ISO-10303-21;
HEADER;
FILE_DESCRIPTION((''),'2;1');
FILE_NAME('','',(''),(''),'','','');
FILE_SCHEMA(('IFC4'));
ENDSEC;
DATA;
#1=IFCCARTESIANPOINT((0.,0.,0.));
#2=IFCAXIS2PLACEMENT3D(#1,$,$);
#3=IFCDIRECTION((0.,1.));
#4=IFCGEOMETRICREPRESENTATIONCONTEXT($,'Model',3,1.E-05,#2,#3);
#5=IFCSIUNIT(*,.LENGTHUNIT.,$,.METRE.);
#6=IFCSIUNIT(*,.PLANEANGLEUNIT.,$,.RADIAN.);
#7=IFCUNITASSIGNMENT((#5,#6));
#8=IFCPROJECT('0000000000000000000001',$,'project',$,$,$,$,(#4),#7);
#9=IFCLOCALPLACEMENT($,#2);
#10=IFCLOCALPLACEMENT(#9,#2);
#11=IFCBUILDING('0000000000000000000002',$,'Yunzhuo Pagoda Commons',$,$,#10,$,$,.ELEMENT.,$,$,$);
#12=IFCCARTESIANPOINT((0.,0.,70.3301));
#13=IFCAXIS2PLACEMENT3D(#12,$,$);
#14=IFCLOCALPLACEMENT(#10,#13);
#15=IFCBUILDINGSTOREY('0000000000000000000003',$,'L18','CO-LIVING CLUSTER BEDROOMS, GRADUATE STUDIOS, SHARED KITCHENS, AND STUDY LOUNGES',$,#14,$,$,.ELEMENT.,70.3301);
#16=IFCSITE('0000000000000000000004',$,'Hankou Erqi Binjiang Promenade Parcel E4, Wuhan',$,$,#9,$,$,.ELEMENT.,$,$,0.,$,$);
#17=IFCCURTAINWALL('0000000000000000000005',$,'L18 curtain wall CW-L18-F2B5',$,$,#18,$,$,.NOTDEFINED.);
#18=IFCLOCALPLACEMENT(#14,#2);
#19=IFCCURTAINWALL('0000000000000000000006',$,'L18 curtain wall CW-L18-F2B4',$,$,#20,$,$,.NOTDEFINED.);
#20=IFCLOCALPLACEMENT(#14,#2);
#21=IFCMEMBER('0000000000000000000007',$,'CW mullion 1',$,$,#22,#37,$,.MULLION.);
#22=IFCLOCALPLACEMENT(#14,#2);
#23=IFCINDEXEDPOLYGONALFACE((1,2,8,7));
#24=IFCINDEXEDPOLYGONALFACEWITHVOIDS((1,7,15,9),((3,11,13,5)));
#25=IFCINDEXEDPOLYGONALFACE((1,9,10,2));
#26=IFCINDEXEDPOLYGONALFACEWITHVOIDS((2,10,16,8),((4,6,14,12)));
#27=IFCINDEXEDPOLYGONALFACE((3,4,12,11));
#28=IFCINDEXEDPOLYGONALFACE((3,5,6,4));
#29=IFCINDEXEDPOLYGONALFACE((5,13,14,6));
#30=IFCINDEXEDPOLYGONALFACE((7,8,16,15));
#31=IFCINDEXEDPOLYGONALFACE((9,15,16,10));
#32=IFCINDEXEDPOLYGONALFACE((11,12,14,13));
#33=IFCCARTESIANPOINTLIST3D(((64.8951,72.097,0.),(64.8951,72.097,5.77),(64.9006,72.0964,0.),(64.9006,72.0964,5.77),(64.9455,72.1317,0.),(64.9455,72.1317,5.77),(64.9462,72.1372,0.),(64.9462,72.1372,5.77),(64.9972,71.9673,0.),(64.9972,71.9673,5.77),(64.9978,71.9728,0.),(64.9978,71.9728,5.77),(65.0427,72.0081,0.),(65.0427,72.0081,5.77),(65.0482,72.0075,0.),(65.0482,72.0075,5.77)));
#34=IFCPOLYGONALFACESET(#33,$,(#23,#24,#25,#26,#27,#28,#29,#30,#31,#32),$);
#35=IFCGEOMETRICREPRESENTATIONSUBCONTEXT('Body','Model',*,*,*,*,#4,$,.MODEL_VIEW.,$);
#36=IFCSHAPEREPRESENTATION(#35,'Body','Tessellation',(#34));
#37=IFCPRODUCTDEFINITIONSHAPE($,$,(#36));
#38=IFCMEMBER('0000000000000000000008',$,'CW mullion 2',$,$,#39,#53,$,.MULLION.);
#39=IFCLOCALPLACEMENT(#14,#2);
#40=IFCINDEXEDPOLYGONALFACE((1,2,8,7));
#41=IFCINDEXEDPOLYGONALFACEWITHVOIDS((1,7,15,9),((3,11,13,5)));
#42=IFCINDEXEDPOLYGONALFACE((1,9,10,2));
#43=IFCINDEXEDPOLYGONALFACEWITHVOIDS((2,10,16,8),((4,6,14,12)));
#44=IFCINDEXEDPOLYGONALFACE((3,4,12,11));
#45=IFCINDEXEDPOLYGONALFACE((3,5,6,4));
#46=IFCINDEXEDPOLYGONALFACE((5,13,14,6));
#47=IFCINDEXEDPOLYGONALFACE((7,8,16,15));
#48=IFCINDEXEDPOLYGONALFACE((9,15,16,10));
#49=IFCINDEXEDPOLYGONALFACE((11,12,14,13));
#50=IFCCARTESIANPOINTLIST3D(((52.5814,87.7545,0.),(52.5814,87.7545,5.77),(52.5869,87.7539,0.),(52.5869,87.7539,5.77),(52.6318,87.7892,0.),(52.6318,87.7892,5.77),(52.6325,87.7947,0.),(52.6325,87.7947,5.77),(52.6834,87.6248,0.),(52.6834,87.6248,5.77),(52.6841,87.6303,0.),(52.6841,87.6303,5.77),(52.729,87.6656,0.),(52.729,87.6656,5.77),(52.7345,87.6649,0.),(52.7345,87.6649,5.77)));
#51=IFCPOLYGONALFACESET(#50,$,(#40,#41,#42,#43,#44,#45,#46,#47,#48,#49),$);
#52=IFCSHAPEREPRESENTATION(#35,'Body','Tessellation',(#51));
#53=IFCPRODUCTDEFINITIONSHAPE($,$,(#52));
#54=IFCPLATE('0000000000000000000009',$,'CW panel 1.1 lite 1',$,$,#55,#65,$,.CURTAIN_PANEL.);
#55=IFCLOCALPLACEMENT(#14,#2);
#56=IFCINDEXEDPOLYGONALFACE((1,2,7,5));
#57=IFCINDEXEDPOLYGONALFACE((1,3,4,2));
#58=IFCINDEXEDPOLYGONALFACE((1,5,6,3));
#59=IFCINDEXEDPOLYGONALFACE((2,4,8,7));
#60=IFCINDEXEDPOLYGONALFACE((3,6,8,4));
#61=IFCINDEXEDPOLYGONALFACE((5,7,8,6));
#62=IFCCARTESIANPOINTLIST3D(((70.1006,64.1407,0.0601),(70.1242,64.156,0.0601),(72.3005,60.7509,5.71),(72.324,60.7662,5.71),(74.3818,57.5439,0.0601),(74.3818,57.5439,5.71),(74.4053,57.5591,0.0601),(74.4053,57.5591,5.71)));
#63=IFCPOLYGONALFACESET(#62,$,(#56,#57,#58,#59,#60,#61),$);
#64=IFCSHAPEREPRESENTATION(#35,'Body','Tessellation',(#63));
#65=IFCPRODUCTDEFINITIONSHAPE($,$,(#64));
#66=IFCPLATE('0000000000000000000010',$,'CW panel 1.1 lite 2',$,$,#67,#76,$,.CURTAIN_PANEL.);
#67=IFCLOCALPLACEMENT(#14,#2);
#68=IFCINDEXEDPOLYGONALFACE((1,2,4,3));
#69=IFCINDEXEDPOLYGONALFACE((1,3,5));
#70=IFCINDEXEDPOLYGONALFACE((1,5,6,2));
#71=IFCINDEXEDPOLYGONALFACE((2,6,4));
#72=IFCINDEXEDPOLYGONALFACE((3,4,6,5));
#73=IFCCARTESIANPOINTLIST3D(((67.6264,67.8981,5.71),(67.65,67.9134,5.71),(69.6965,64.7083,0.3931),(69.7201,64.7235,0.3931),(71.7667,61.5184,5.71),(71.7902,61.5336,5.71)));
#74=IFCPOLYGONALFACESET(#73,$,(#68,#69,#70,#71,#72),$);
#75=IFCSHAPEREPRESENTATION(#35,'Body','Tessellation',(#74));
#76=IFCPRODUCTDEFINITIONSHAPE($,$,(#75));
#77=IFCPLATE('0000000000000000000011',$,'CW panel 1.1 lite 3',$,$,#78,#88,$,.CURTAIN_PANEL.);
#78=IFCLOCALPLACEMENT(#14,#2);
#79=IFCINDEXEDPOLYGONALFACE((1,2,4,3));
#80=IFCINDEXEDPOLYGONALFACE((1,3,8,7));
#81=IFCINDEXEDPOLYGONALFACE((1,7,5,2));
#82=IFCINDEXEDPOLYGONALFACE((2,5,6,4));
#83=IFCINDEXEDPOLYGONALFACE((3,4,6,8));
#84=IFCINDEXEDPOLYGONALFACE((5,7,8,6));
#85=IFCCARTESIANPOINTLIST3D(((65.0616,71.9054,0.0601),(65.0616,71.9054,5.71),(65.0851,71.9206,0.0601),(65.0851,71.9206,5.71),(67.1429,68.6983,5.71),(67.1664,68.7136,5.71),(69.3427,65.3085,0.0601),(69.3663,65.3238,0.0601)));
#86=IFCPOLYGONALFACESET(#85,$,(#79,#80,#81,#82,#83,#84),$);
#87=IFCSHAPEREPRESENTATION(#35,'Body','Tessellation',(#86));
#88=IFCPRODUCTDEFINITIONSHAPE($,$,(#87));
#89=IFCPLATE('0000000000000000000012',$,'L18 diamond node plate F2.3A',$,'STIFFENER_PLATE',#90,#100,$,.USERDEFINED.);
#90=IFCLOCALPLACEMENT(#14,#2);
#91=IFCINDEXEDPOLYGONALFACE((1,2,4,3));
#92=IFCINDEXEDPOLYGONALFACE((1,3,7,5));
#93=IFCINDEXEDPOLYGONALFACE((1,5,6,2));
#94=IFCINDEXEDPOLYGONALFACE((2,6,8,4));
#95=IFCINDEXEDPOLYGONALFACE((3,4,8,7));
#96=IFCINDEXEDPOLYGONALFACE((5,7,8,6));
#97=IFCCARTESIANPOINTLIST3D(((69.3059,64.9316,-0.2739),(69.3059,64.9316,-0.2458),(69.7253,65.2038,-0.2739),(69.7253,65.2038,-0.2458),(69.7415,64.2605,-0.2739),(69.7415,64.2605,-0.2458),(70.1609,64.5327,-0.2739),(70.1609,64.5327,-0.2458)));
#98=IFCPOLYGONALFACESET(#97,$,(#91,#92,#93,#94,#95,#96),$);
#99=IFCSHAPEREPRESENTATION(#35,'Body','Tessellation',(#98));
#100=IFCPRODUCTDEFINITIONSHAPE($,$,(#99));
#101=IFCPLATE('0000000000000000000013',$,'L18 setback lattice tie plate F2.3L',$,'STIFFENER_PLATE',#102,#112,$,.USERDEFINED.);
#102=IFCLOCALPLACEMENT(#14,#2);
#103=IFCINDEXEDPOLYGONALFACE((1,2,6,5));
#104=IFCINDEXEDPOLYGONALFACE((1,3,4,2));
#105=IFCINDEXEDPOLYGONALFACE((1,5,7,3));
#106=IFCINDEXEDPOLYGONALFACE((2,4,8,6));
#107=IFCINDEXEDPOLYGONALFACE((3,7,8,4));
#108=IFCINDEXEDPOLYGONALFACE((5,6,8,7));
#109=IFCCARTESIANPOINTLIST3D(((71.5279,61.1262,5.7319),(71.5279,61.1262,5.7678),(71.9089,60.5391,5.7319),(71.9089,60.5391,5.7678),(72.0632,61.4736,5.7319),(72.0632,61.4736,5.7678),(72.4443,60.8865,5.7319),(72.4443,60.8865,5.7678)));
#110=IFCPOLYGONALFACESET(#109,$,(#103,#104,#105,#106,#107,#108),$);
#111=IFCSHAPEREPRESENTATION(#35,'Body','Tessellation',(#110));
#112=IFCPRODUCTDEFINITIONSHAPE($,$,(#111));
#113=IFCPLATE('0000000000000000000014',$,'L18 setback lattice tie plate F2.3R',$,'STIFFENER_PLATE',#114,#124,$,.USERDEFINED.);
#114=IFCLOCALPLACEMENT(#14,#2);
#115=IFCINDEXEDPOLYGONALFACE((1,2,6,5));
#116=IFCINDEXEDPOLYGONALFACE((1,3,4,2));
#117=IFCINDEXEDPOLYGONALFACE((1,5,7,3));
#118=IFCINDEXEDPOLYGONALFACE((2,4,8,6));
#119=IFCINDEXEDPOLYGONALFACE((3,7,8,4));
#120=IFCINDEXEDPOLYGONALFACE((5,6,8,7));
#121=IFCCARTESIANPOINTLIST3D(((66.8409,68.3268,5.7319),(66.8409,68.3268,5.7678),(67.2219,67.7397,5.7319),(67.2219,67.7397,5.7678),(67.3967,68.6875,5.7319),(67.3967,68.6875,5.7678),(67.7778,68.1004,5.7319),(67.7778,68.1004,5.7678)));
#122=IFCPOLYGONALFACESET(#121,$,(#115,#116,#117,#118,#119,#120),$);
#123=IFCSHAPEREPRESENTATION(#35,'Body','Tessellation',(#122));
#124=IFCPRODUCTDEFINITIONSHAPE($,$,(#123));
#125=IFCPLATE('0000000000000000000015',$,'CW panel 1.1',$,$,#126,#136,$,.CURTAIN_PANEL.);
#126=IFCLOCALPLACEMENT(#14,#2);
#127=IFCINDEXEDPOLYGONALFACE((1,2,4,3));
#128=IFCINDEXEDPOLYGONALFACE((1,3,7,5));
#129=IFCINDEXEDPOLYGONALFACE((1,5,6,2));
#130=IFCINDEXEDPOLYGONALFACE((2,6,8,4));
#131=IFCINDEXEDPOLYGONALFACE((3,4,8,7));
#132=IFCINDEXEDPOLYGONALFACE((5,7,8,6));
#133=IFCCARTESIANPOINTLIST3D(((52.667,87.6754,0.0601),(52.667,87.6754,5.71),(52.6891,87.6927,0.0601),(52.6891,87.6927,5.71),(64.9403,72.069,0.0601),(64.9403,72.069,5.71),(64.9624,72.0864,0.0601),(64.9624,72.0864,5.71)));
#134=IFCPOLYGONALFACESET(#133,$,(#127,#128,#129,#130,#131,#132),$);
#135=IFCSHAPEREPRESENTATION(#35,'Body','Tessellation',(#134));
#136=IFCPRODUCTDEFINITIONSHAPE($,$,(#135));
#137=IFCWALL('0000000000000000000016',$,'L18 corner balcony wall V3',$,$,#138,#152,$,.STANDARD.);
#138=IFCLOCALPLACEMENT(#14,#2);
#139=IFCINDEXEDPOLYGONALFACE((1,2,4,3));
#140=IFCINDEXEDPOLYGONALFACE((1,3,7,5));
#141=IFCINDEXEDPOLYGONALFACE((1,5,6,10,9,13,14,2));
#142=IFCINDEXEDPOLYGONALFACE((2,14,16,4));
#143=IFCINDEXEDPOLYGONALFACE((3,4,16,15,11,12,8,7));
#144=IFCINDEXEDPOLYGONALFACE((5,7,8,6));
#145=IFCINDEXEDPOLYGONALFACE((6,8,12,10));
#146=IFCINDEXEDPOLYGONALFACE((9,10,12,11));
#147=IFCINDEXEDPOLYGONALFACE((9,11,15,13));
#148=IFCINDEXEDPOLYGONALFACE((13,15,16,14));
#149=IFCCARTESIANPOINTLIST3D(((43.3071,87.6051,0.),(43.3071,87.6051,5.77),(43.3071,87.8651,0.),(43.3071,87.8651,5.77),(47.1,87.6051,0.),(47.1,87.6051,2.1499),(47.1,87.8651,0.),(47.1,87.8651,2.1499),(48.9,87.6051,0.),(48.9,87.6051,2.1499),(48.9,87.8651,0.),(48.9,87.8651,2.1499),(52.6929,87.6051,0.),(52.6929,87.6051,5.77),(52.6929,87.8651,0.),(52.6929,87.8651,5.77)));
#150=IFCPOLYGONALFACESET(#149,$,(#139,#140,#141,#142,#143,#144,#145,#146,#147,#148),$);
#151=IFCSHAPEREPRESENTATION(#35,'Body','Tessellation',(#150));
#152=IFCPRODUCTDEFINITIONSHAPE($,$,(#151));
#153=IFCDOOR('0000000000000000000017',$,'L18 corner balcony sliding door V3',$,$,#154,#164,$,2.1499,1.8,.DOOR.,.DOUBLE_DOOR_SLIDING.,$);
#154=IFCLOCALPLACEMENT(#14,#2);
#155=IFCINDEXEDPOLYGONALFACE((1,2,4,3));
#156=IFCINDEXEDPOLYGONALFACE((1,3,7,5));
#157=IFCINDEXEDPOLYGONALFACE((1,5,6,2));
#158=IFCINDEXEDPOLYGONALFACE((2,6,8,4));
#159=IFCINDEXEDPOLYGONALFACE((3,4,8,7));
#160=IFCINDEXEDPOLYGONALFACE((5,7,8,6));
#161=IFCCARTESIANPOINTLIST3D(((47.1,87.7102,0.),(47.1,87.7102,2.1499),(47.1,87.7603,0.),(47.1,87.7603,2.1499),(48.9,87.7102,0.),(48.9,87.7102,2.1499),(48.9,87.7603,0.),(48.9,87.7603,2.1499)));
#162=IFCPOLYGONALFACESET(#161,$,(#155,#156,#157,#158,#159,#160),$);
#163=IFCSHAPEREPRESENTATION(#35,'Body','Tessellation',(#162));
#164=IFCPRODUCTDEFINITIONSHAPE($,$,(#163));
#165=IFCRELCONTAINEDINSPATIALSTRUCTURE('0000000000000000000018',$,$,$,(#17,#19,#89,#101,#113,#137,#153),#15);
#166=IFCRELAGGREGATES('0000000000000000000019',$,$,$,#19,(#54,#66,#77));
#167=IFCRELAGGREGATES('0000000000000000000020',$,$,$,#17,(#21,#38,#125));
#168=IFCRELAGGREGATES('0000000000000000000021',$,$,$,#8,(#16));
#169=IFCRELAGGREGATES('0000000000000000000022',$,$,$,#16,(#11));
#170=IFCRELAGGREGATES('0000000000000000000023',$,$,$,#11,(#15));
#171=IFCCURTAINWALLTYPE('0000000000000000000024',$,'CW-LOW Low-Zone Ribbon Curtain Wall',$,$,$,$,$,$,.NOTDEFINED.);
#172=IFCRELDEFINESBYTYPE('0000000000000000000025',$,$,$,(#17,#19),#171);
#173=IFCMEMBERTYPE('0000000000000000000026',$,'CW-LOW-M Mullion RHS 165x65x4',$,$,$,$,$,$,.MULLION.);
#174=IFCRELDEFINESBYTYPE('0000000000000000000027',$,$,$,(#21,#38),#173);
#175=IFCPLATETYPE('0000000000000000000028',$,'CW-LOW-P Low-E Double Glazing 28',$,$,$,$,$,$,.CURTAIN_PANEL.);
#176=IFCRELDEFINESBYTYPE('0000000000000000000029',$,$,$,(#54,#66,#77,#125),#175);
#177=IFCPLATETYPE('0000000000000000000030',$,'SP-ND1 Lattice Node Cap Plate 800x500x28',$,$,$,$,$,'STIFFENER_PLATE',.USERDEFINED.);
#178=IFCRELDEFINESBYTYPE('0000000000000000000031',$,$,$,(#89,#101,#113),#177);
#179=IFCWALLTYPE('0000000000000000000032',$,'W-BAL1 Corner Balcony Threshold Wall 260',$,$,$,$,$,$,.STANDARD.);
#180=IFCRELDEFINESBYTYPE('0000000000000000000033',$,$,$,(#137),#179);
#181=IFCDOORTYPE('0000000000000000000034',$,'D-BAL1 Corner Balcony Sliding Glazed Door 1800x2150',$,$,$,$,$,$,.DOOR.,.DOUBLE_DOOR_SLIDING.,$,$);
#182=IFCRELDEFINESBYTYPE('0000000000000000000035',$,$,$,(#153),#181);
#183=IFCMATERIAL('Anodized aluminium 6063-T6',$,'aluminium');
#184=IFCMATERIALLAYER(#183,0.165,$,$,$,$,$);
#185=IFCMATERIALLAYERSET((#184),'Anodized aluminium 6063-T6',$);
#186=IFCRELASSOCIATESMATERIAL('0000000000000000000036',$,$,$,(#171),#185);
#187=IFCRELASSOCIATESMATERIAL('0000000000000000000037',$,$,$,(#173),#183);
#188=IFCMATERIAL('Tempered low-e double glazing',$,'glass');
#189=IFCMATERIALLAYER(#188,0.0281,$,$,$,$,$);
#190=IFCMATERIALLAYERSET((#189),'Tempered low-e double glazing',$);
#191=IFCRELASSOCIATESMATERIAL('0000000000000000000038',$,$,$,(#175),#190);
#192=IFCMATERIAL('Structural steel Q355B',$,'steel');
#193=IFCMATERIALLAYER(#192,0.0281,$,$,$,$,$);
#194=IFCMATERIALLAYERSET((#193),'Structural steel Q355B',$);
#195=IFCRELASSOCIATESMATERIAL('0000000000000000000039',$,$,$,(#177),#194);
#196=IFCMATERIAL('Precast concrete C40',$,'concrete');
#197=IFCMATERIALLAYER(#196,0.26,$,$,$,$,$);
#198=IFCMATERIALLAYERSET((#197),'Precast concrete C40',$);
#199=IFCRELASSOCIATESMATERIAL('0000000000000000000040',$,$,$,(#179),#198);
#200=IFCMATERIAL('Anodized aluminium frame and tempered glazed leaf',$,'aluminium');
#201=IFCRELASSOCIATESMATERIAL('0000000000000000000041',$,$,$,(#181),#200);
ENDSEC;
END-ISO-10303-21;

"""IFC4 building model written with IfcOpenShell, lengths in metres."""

from ifc_helpers import new_model, si_unit, direction, frame, frame_2d, origin, origin_with_axes, origin_2d, place, context, subcontext, project, spatial, polyline, rectangle, hollow_rectangle, outline, extrude, source, transform, mapped, material, layer, layer_set, material_profile, profile_set, type_object, element, fill, aggregate, save


model = new_model("IFC4")

# Units and contexts
model_context = context("Model", 3, precision=1e-05, world=origin(), true_north=direction((0.0, 1.0)))
body_context = subcontext(model_context, "Body", "Model", "MODEL_VIEW")
ifc_project = project(units=[si_unit("LENGTHUNIT", "METRE"), si_unit("PLANEANGLEUNIT", "RADIAN")], contexts=[model_context])

# Site, building, storey
site_placement = place(None, origin())
site = spatial("IfcSite", under=ifc_project, at=site_placement, Name="Hankou Erqi Binjiang Promenade Parcel E4, Wuhan", CompositionType="ELEMENT", RefElevation=0.0)
building_placement = place(site_placement, origin())
building = spatial("IfcBuilding", under=site, at=building_placement, Name="Yunzhuo Pagoda Commons", CompositionType="ELEMENT")
storey_placement = place(building_placement, frame((0.0, 0.0, 70.3301)))
storey = spatial("IfcBuildingStorey", under=building, at=storey_placement, Name="L18", Description="CO-LIVING CLUSTER BEDROOMS, GRADUATE STUDIOS, SHARED KITCHENS, AND STUDY LOUNGES", CompositionType="ELEMENT", Elevation=70.3301)

# Shared definitions
ifc_material_1 = material(Name="Structural steel Q355B", Category="steel")

# Curtain wall
ifc_material_2 = material(Name="Anodized aluminium 6063-T6", Category="aluminium")
ifc_layer_1 = layer(ifc_material_2, 0.165)
ifc_layer_set_1 = layer_set([ifc_layer_1], Name="Anodized aluminium 6063-T6")
curtain_wall_type = type_object("IfcCurtainWallType", Name="CW-LOW Low-Zone Ribbon Curtain Wall", PredefinedType="NOTDEFINED", material=ifc_layer_set_1)
curtain_wall_1_placement = place(storey_placement, origin())
curtain_wall_1 = element("IfcCurtainWall", 1, at=curtain_wall_1_placement, inside=storey, type_object=curtain_wall_type, Name="L18 curtain wall CW-L18-F2B5", PredefinedType="NOTDEFINED")

# Curtain wall
curtain_wall_2_placement = place(storey_placement, origin())
curtain_wall_2 = element("IfcCurtainWall", 2, at=curtain_wall_2_placement, inside=storey, type_object=curtain_wall_type, Name="L18 curtain wall CW-L18-F2B4", PredefinedType="NOTDEFINED")
ifc_material_profile_1 = material_profile(ifc_material_2, hollow_rectangle(XDim=0.0649, YDim=0.165, WallThickness=0.0039, at=origin_2d()), Name="Anodized aluminium 6063-T6")
ifc_profile_set_1 = profile_set([ifc_material_profile_1], Name="Anodized aluminium 6063-T6")
member_type_1 = type_object("IfcMemberType", Name="CW-LOW-M Mullion RHS 165x65x4", PredefinedType="MULLION", material=ifc_profile_set_1)
shared_shape_1 = source(origin(), body_context, "Body", "SweptSolid", [
    extrude(hollow_rectangle(XDim=0.0649, YDim=0.165, WallThickness=0.0039, at=origin_2d()), origin(), (0.0, 0.0, 1.0), 5.77),
])

# Members
member_1_placement = place(storey_placement, frame((64.9717, 72.0522, 0.0), z_axis=(0.0, 0.0, 1.0), x_axis=(-0.786046, -0.618168, 0.0)))
member_1 = element("IfcMember", 3, at=member_1_placement, type_object=member_type_1, Name="CW mullion 1", PredefinedType="MULLION", context=body_context, shape_type="MappedRepresentation", body=[
    mapped(shared_shape_1, transform((0.0, 0.0, 0.0), scale=1.0)),
])
member_2_placement = place(storey_placement, frame((52.658, 87.7097, 0.0), z_axis=(0.0, 0.0, 1.0), x_axis=(-0.786046, -0.618168, 0.0)))
member_2 = element("IfcMember", 4, at=member_2_placement, type_object=member_type_1, Name="CW mullion 2", PredefinedType="MULLION", context=body_context, shape_type="MappedRepresentation", body=[
    mapped(shared_shape_1, transform((0.0, 0.0, 0.0), scale=1.0)),
])

# Plates
ifc_material_3 = material(Name="Tempered low-e double glazing", Category="glass")
ifc_layer_2 = layer(ifc_material_3, 0.0281)
ifc_layer_set_2 = layer_set([ifc_layer_2], Name="Tempered low-e double glazing")
plate_type_1 = type_object("IfcPlateType", Name="CW-LOW-P Low-E Double Glazing 28", PredefinedType="CURTAIN_PANEL", material=ifc_layer_set_2)
plate_1_placement = place(storey_placement, frame((72.2412, 60.8423, 2.885), z_axis=(0.83884, 0.544378, 0.0), x_axis=(-0.544378, 0.83884, 0.0)))
plate_1 = element("IfcPlate", 5, at=plate_1_placement, type_object=plate_type_1, Name="CW panel 1.1 lite 1", PredefinedType="CURTAIN_PANEL", context=body_context, shape_type="SweptSolid", body=[
    extrude(outline(polyline([(-3.9321, -2.825), (3.9321, -2.825), (-0.1089, 2.825), (-3.9321, 2.825), (-3.9321, -2.825)])), origin(), (0.0, 0.0, 1.0), 0.0281),
])
plate_2_placement = place(storey_placement, frame((69.6965, 64.7083, 3.0515), z_axis=(0.83884, 0.544378, 0.0), x_axis=(-0.544378, 0.83884, 0.0)))
plate_2 = element("IfcPlate", 6, at=plate_2_placement, type_object=plate_type_1, Name="CW panel 1.1 lite 2", PredefinedType="CURTAIN_PANEL", context=body_context, shape_type="SweptSolid", body=[
    extrude(outline(polyline([(-3.8027, 2.6584), (0.0, -2.6584), (3.8027, 2.6584), (-3.8027, 2.6584)])), origin(), (0.0, 0.0, 1.0), 0.0281),
])
plate_3_placement = place(storey_placement, frame((67.2021, 68.6069, 2.885), z_axis=(0.83884, 0.544378, 0.0), x_axis=(-0.544378, 0.83884, 0.0)))
plate_3 = element("IfcPlate", 7, at=plate_3_placement, type_object=plate_type_1, Name="CW panel 1.1 lite 3", PredefinedType="CURTAIN_PANEL", context=body_context, shape_type="SweptSolid", body=[
    extrude(outline(polyline([(-3.9321, -2.825), (3.9321, -2.825), (3.9321, 2.825), (0.1089, 2.825), (-3.9321, -2.825)])), origin(), (0.0, 0.0, 1.0), 0.0281),
])
aggregate(curtain_wall_2, [plate_1, plate_2, plate_3])

# Plates
ifc_layer_3 = layer(ifc_material_1, 0.0281)
ifc_layer_set_3 = layer_set([ifc_layer_3], Name="Structural steel Q355B")
plate_type_2 = type_object("IfcPlateType", Name="SP-ND1 Lattice Node Cap Plate 800x500x28", ElementType="STIFFENER_PLATE", PredefinedType="USERDEFINED", material=ifc_layer_set_3)
shared_shape_2 = source(origin(), body_context, "Body", "SweptSolid", [
    extrude(rectangle(XDim=0.8, YDim=0.5, at=origin_2d()), origin(), (0.0, 0.0, 1.0), 0.0281),
])
plate_4_placement = place(storey_placement, frame((69.7334, 64.7322, -0.2739), z_axis=(0.0, 0.0, 1.0), x_axis=(-0.544376, 0.838842, 0.0)))
element("IfcPlate", 8, at=plate_4_placement, inside=storey, type_object=plate_type_2, Name="L18 diamond node plate F2.3A", ObjectType="STIFFENER_PLATE", PredefinedType="USERDEFINED", context=body_context, shape_type="MappedRepresentation", body=[
    mapped(shared_shape_2, transform((0.0, 0.0, 0.0), scale=1.0)),
])
shared_shape_3 = source(origin(), body_context, "Body", "SweptSolid", [
    extrude(rectangle(XDim=0.7, YDim=0.6382, at=origin_2d()), origin(), (0.0, 0.0, 1.0), 0.0359),
])
plate_5_placement = place(storey_placement, frame((71.9861, 61.0063, 5.7319), z_axis=(0.0, 0.0, 1.0), x_axis=(-0.544376, 0.838842, 0.0)))
element("IfcPlate", 9, at=plate_5_placement, inside=storey, type_object=plate_type_2, Name="L18 setback lattice tie plate F2.3L", ObjectType="STIFFENER_PLATE", PredefinedType="USERDEFINED", context=body_context, shape_type="MappedRepresentation", body=[
    mapped(shared_shape_3, transform((0.0, 0.0, 0.0), scale=1.0)),
])
shared_shape_4 = source(origin(), body_context, "Body", "SweptSolid", [
    extrude(rectangle(XDim=0.7, YDim=0.6626, at=origin_2d()), origin(), (0.0, 0.0, 1.0), 0.0359),
])
plate_6_placement = place(storey_placement, frame((67.3093, 68.2136, 5.7319), z_axis=(0.0, 0.0, 1.0), x_axis=(-0.544376, 0.838842, 0.0)))
element("IfcPlate", 10, at=plate_6_placement, inside=storey, type_object=plate_type_2, Name="L18 setback lattice tie plate F2.3R", ObjectType="STIFFENER_PLATE", PredefinedType="USERDEFINED", context=body_context, shape_type="MappedRepresentation", body=[
    mapped(shared_shape_4, transform((0.0, 0.0, 0.0), scale=1.0)),
])

# Plate
shared_shape_5 = source(origin(), body_context, "Body", "SweptSolid", [
    extrude(rectangle(XDim=19.8542, YDim=0.0281, at=origin_2d()), origin(), (0.0, 0.0, 1.0), 5.6499),
])
plate_7_placement = place(storey_placement, frame((58.8147, 79.8809, 0.0601), z_axis=(0.0, 0.0, 1.0), x_axis=(-0.618168, 0.786046, 0.0)))
plate_7 = element("IfcPlate", 11, at=plate_7_placement, type_object=plate_type_1, Name="CW panel 1.1", PredefinedType="CURTAIN_PANEL", context=body_context, shape_type="MappedRepresentation", body=[
    mapped(shared_shape_5, transform((0.0, 0.0, 0.0), scale=1.0)),
])
aggregate(curtain_wall_1, [member_1, member_2, plate_7])

# Wall, opening, door
ifc_material_4 = material(Name="Precast concrete C40", Category="concrete")
ifc_layer_4 = layer(ifc_material_4, 0.26)
ifc_layer_set_4 = layer_set([ifc_layer_4], Name="Precast concrete C40")
wall_type = type_object("IfcWallType", Name="W-BAL1 Corner Balcony Threshold Wall 260", PredefinedType="STANDARD", material=ifc_layer_set_4)
wall_placement = place(storey_placement, frame((52.6929, 87.7351, 0.0), z_axis=(0.0, 0.0, 1.0), x_axis=(-1.0, 0.0, 0.0)))
wall = element("IfcWall", 12, at=wall_placement, inside=storey, type_object=wall_type, Name="L18 corner balcony wall V3", PredefinedType="STANDARD", context=body_context, shape_type="SweptSolid", body=[
    extrude(rectangle(XDim=9.3857, YDim=0.26, at=frame_2d((4.6929, 0.0))), origin(), (0.0, 0.0, 1.0), 5.77),
])
opening_placement = place(wall_placement, frame((3.793, 0.0, 0.0)))
opening = element("IfcOpeningElement", 13, at=opening_placement, cuts=wall, PredefinedType="OPENING", context=body_context, shape_type="SweptSolid", body=[
    extrude(rectangle(XDim=1.8, YDim=2.1499, at=frame_2d((0.8999, 1.075))), frame((0.0, 0.1401, 0.0), z_axis=(0.0, -1.0, 0.0), x_axis=(1.0, 0.0, 0.0)), (0.0, 0.0, 1.0), 0.28),
])
ifc_material_5 = material(Name="Anodized aluminium frame and tempered glazed leaf", Category="aluminium")
door_type = type_object("IfcDoorType", Name="D-BAL1 Corner Balcony Sliding Glazed Door 1800x2150", OperationType="DOUBLE_DOOR_SLIDING", PredefinedType="DOOR", material=ifc_material_5)
shared_shape_6 = source(origin(), body_context, "Body", "SweptSolid", [
    extrude(rectangle(XDim=1.8, YDim=2.1499, at=frame_2d((0.8999, 1.075))), frame((0.0, 0.0249, 0.0), z_axis=(0.0, -1.0, 0.0), x_axis=(1.0, 0.0, 0.0)), (0.0, 0.0, 1.0), 0.05),
])
door_placement = place(opening_placement, origin_with_axes())
door = element("IfcDoor", 14, at=door_placement, inside=storey, type_object=door_type, Name="L18 corner balcony sliding door V3", OperationType="DOUBLE_DOOR_SLIDING", OverallHeight=2.1499, OverallWidth=1.8, PredefinedType="DOOR", context=body_context, shape_type="MappedRepresentation", body=[
    mapped(shared_shape_6, transform((0.0, 0.0, 0.0), scale=1.0)),
])
fill(opening, door)

save(model, "model.ifc")
